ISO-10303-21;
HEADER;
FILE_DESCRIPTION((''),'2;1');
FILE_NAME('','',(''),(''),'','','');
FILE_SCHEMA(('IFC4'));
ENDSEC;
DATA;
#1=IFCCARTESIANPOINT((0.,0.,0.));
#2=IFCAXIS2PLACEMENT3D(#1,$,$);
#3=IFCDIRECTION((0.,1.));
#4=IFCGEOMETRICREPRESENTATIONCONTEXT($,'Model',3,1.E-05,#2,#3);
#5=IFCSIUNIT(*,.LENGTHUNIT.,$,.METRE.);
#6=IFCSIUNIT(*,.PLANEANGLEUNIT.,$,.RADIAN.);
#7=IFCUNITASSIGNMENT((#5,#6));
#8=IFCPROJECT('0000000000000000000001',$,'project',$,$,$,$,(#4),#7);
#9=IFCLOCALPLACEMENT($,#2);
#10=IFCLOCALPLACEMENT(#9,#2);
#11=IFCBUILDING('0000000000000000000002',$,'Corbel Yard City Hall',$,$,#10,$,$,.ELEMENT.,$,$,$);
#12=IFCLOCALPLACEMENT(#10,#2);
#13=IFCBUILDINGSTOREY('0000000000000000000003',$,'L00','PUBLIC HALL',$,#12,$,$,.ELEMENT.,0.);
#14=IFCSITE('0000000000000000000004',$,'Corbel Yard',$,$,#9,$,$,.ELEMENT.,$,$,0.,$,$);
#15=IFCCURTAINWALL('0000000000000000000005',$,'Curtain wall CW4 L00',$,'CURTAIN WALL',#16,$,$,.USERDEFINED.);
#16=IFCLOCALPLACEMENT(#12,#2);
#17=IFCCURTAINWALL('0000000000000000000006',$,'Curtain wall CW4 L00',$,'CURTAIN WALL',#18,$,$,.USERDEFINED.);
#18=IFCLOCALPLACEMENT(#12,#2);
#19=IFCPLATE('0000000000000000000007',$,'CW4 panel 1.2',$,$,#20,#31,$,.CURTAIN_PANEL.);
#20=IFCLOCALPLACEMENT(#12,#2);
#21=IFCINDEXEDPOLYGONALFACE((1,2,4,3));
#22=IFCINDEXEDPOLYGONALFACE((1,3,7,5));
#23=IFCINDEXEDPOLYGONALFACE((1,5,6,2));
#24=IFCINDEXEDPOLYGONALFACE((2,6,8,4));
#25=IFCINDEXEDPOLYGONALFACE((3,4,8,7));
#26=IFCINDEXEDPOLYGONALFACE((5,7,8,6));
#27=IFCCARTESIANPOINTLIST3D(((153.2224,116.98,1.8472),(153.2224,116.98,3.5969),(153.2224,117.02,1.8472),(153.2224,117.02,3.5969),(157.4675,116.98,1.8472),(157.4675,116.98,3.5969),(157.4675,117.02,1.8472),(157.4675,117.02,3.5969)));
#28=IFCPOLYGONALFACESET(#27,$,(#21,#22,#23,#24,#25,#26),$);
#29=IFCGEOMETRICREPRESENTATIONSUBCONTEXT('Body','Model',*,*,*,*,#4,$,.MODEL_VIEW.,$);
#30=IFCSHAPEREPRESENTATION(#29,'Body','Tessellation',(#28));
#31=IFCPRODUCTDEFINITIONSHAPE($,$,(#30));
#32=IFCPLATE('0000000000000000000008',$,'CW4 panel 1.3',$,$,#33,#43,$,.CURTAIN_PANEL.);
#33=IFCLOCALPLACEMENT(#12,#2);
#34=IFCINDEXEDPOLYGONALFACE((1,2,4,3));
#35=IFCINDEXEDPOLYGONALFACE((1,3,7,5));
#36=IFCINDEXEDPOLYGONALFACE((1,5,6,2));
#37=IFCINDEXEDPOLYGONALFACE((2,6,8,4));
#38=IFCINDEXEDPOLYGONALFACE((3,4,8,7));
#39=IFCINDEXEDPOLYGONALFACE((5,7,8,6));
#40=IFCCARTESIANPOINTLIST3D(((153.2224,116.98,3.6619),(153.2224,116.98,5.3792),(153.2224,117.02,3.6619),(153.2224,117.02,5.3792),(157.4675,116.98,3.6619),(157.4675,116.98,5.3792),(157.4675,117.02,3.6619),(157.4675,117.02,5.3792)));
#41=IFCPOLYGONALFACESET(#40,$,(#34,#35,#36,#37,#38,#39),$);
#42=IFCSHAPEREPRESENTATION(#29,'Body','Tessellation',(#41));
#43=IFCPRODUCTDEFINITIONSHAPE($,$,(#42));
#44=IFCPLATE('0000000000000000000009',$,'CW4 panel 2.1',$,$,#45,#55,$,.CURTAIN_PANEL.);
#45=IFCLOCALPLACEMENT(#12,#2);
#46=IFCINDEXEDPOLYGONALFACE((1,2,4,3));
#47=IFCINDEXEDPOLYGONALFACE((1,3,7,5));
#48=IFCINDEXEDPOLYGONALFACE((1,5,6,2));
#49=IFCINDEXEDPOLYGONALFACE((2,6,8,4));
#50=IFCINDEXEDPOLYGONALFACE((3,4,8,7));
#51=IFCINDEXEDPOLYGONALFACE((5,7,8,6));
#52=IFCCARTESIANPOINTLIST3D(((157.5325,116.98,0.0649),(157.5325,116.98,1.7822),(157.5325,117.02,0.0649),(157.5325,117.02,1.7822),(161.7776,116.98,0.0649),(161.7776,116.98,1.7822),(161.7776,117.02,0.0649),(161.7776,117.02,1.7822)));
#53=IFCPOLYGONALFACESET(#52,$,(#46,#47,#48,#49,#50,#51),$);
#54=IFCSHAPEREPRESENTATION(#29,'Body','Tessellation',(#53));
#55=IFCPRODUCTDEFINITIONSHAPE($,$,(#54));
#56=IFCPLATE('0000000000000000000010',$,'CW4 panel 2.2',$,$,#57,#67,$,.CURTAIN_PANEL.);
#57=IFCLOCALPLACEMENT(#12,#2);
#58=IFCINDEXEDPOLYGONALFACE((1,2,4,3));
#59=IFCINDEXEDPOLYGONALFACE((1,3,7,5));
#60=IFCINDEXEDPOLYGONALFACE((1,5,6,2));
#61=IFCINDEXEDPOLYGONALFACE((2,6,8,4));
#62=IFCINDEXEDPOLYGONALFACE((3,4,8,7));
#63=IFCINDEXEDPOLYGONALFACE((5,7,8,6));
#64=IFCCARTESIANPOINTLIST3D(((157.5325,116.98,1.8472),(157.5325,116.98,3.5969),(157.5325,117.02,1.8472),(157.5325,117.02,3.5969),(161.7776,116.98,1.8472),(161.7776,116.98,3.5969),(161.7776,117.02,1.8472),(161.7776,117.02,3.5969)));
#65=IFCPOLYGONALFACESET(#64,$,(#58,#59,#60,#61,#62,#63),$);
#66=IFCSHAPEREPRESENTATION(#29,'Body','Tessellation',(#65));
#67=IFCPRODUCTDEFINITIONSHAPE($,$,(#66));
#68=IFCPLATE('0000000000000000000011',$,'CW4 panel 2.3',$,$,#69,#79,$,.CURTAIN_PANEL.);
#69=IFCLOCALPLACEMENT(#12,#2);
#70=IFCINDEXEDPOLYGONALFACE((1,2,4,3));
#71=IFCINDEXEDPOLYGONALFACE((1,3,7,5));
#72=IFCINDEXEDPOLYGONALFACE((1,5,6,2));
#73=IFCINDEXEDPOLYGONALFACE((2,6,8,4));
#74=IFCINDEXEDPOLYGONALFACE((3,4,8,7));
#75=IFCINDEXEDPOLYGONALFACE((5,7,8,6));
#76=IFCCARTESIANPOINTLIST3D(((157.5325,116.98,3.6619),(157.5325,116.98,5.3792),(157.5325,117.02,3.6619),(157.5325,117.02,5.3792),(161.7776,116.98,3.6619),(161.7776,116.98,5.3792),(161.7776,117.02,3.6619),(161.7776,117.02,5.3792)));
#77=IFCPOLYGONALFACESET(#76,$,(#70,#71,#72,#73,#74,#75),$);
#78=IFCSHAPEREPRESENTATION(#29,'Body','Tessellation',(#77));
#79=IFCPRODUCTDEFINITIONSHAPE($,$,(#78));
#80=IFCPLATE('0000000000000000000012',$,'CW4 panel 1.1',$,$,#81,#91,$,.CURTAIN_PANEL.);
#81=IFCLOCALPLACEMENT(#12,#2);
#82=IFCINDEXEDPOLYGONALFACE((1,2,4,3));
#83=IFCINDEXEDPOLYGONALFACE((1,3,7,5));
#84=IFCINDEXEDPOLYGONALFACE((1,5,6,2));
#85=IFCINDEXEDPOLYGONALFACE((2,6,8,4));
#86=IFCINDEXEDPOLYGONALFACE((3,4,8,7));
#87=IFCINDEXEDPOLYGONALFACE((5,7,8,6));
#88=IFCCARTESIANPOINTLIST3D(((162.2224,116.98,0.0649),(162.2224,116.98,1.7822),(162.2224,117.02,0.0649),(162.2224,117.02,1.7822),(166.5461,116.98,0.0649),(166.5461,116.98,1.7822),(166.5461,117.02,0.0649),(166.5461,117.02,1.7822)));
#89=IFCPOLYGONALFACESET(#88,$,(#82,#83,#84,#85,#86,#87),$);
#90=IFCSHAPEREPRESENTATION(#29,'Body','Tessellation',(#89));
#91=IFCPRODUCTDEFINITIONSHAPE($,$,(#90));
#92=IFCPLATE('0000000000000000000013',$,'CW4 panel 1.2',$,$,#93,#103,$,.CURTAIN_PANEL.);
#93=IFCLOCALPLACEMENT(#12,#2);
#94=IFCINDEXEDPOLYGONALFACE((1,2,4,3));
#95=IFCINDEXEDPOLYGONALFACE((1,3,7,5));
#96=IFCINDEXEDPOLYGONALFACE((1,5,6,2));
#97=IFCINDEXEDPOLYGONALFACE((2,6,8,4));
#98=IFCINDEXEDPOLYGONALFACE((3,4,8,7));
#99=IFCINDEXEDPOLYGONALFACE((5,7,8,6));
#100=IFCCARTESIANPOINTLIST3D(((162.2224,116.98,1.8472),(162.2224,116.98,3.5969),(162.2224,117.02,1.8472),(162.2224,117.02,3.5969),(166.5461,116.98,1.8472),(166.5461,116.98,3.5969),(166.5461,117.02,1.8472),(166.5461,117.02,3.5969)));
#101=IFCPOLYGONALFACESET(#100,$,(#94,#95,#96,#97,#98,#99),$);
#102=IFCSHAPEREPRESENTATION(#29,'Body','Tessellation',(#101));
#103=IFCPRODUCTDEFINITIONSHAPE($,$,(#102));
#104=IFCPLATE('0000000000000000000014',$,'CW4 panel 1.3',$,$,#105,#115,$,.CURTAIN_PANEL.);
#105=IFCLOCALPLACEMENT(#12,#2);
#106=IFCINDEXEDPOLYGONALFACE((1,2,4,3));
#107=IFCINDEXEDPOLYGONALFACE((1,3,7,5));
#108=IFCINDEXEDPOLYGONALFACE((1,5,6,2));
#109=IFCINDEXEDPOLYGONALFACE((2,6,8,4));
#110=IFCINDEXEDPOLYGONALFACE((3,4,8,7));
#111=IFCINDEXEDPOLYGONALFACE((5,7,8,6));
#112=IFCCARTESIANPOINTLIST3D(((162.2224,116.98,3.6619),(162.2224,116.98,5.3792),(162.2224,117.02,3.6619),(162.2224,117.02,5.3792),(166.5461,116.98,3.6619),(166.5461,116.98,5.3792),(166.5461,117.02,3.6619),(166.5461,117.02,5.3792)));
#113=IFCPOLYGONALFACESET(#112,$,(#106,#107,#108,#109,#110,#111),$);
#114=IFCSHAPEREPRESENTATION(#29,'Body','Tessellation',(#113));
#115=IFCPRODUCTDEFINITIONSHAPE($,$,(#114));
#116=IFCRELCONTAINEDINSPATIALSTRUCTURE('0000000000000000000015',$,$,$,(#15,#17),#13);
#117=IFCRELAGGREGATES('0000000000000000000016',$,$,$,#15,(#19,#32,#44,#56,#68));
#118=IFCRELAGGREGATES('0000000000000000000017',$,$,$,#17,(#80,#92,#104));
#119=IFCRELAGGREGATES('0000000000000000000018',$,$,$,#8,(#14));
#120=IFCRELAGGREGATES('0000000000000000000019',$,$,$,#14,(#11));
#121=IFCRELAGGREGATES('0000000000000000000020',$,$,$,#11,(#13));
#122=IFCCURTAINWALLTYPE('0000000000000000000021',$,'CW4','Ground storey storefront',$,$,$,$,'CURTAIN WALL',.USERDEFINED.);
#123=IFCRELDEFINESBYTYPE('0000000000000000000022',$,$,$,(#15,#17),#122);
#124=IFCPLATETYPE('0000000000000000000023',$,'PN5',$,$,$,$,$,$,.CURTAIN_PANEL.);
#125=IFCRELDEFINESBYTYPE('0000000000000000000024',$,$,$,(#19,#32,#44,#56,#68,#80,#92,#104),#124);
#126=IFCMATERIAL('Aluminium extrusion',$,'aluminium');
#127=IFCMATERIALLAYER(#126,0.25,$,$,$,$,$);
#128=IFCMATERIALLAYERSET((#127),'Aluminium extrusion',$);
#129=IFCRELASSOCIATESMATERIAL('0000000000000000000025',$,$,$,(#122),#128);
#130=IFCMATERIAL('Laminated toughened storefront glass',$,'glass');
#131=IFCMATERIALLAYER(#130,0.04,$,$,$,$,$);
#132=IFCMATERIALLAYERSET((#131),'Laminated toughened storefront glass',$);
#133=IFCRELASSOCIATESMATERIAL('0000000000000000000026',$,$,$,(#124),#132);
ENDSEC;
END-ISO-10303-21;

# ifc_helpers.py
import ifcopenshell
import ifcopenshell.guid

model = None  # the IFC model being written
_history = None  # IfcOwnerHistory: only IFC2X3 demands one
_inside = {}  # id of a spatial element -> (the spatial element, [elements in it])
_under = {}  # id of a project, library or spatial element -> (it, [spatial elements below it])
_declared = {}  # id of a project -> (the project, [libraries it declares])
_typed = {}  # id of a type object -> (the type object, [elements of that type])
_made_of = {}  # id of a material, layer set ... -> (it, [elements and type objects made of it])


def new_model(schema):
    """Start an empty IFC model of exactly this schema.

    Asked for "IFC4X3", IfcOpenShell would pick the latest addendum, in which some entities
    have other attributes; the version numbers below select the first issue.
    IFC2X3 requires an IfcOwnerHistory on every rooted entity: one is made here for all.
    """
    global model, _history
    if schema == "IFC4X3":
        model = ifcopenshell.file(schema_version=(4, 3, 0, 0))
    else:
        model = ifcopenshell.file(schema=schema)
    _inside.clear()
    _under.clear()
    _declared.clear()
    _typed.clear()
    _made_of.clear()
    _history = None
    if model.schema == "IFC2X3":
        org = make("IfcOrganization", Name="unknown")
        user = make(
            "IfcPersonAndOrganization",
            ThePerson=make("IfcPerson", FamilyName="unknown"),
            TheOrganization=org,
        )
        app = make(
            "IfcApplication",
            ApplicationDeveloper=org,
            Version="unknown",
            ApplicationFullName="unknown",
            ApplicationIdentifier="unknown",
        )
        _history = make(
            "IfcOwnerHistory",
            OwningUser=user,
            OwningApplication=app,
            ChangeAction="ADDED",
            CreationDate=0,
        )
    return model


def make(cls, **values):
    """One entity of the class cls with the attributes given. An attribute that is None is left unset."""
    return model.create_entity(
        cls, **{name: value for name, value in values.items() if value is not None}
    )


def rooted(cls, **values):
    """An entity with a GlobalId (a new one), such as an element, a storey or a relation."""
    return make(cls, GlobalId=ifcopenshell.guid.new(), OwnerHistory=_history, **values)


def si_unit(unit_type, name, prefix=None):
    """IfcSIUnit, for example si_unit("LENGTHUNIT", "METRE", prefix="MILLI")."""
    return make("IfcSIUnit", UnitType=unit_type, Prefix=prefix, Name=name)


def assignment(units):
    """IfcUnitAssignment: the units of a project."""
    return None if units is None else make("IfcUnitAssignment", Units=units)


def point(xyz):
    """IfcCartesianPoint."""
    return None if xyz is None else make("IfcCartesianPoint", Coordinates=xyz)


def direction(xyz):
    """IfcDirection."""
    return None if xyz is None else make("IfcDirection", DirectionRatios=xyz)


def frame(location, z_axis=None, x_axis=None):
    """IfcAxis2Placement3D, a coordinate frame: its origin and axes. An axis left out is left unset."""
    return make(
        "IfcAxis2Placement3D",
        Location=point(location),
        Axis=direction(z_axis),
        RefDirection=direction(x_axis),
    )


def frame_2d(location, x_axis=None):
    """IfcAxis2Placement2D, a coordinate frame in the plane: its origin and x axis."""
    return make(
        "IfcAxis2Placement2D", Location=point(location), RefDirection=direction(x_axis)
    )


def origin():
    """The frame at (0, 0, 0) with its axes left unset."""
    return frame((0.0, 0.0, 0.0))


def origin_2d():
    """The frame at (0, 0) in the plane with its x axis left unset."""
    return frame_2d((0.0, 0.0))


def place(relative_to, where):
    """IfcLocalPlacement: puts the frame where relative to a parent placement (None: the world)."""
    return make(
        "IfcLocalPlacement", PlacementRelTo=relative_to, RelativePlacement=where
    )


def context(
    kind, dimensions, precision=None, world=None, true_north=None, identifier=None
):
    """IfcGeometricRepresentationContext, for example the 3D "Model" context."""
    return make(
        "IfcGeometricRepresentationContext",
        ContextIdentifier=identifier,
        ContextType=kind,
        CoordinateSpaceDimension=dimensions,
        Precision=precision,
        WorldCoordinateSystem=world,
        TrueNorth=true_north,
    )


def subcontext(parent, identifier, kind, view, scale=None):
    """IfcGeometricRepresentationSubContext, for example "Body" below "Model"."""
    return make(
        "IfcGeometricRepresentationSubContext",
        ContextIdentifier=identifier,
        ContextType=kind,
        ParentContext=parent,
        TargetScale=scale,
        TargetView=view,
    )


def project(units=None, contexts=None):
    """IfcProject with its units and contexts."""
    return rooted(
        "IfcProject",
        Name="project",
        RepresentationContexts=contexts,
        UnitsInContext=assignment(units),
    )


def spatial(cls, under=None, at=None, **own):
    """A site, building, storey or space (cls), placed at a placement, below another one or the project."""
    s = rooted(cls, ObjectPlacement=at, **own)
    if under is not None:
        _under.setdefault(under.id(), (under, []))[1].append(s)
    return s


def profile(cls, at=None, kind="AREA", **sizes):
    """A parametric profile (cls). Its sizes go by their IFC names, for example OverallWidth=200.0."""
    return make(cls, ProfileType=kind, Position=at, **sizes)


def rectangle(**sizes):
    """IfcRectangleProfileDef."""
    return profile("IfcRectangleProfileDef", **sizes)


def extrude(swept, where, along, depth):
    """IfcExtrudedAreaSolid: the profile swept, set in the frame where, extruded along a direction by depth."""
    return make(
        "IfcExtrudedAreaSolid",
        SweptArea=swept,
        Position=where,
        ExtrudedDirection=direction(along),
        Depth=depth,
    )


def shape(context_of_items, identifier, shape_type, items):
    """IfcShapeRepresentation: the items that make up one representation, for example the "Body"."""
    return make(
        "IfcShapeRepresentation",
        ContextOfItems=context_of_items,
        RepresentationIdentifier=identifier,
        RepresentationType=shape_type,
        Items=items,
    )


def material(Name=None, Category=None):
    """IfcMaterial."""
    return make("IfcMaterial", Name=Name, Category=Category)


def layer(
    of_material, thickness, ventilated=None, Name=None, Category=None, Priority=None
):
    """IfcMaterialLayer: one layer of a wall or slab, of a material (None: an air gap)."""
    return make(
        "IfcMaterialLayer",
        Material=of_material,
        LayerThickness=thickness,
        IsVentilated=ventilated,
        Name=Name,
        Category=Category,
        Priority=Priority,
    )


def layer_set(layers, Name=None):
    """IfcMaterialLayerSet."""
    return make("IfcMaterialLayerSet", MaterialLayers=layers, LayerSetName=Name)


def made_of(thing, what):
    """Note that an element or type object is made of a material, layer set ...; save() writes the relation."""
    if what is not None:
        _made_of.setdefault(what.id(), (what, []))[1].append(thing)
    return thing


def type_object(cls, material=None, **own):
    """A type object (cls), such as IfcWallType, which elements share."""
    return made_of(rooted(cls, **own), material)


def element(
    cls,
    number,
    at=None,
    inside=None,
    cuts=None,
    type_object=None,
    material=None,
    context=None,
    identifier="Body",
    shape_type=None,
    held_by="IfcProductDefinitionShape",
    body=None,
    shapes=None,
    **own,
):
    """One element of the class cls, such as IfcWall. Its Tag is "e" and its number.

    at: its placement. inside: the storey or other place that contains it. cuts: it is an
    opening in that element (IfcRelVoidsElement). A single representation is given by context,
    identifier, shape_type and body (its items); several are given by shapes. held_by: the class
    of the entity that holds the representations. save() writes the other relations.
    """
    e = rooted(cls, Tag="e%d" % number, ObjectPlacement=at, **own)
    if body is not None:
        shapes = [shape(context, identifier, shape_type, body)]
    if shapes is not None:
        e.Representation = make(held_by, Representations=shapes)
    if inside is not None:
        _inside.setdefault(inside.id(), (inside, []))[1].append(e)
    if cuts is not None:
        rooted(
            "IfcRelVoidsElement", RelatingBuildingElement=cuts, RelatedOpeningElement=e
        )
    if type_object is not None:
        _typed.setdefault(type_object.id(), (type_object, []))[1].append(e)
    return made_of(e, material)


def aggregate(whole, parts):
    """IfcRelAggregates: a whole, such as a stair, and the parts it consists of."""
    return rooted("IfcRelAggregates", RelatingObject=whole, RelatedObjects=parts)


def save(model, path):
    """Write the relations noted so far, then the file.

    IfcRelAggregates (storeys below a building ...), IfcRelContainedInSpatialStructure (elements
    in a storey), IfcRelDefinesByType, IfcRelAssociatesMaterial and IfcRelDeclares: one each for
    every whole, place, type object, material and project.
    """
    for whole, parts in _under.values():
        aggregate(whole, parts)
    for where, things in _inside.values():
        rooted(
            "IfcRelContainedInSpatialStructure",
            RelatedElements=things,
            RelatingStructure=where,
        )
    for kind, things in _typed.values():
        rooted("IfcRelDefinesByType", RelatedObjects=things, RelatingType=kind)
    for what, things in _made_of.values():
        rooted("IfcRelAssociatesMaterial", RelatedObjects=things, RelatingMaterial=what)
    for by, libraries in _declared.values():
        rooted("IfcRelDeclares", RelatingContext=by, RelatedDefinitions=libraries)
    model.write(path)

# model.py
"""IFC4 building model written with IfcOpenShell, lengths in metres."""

from ifc_helpers import new_model, si_unit, direction, frame, origin, origin_2d, place, context, subcontext, project, spatial, rectangle, extrude, material, layer, layer_set, type_object, element, aggregate, save


model = new_model("IFC4")

# Units and contexts
model_context = context("Model", 3, precision=1e-05, world=origin(), true_north=direction((0.0, 1.0)))
body_context = subcontext(model_context, "Body", "Model", "MODEL_VIEW")
ifc_project = project(units=[si_unit("LENGTHUNIT", "METRE"), si_unit("PLANEANGLEUNIT", "RADIAN")], contexts=[model_context])

# Site, building, storey
site_placement = place(None, origin())
site = spatial("IfcSite", under=ifc_project, at=site_placement, Name="Corbel Yard", CompositionType="ELEMENT", RefElevation=0.0)
building_placement = place(site_placement, origin())
building = spatial("IfcBuilding", under=site, at=building_placement, Name="Corbel Yard City Hall", CompositionType="ELEMENT")
storey_placement = place(building_placement, origin())
storey = spatial("IfcBuildingStorey", under=building, at=storey_placement, Name="L00", Description="PUBLIC HALL", CompositionType="ELEMENT", Elevation=0.0)

# Curtain wall
ifc_material_1 = material(Name="Aluminium extrusion", Category="aluminium")
ifc_layer_1 = layer(ifc_material_1, 0.25)
ifc_layer_set_1 = layer_set([ifc_layer_1], Name="Aluminium extrusion")
curtain_wall_type = type_object("IfcCurtainWallType", Name="CW4", Description="Ground storey storefront", ElementType="CURTAIN WALL", PredefinedType="USERDEFINED", material=ifc_layer_set_1)
curtain_wall_1_placement = place(storey_placement, origin())
curtain_wall_1 = element("IfcCurtainWall", 1, at=curtain_wall_1_placement, inside=storey, type_object=curtain_wall_type, Name="Curtain wall CW4 L00", ObjectType="CURTAIN WALL", PredefinedType="USERDEFINED")

# Curtain wall
curtain_wall_2_placement = place(storey_placement, origin())
curtain_wall_2 = element("IfcCurtainWall", 2, at=curtain_wall_2_placement, inside=storey, type_object=curtain_wall_type, Name="Curtain wall CW4 L00", ObjectType="CURTAIN WALL", PredefinedType="USERDEFINED")

# Plates
ifc_material_2 = material(Name="Laminated toughened storefront glass", Category="glass")
ifc_layer_2 = layer(ifc_material_2, 0.04)
ifc_layer_set_2 = layer_set([ifc_layer_2], Name="Laminated toughened storefront glass")
plate_type = type_object("IfcPlateType", Name="PN5", PredefinedType="CURTAIN_PANEL", material=ifc_layer_set_2)
plate_1_placement = place(storey_placement, frame((155.345, 117.0, 1.8472), z_axis=(0.0, 0.0, 1.0), x_axis=(1.0, 0.0, 0.0)))
plate_1 = element("IfcPlate", 3, at=plate_1_placement, type_object=plate_type, Name="CW4 panel 1.2", PredefinedType="CURTAIN_PANEL", context=body_context, shape_type="SweptSolid", body=[
    extrude(rectangle(XDim=4.2451, YDim=0.04, at=origin_2d()), origin(), (0.0, 0.0, 1.0), 1.7498),
])
plate_2_placement = place(storey_placement, frame((155.345, 117.0, 3.6619), z_axis=(0.0, 0.0, 1.0), x_axis=(1.0, 0.0, 0.0)))
plate_2 = element("IfcPlate", 4, at=plate_2_placement, type_object=plate_type, Name="CW4 panel 1.3", PredefinedType="CURTAIN_PANEL", context=body_context, shape_type="SweptSolid", body=[
    extrude(rectangle(XDim=4.2451, YDim=0.04, at=origin_2d()), origin(), (0.0, 0.0, 1.0), 1.7173),
])
plate_3_placement = place(storey_placement, frame((159.655, 117.0, 0.0649), z_axis=(0.0, 0.0, 1.0), x_axis=(1.0, 0.0, 0.0)))
plate_3 = element("IfcPlate", 5, at=plate_3_placement, type_object=plate_type, Name="CW4 panel 2.1", PredefinedType="CURTAIN_PANEL", context=body_context, shape_type="SweptSolid", body=[
    extrude(rectangle(XDim=4.2451, YDim=0.04, at=origin_2d()), origin(), (0.0, 0.0, 1.0), 1.7173),
])
plate_4_placement = place(storey_placement, frame((159.655, 117.0, 1.8472), z_axis=(0.0, 0.0, 1.0), x_axis=(1.0, 0.0, 0.0)))
plate_4 = element("IfcPlate", 6, at=plate_4_placement, type_object=plate_type, Name="CW4 panel 2.2", PredefinedType="CURTAIN_PANEL", context=body_context, shape_type="SweptSolid", body=[
    extrude(rectangle(XDim=4.2451, YDim=0.04, at=origin_2d()), origin(), (0.0, 0.0, 1.0), 1.7498),
])
plate_5_placement = place(storey_placement, frame((159.655, 117.0, 3.6619), z_axis=(0.0, 0.0, 1.0), x_axis=(1.0, 0.0, 0.0)))
plate_5 = element("IfcPlate", 7, at=plate_5_placement, type_object=plate_type, Name="CW4 panel 2.3", PredefinedType="CURTAIN_PANEL", context=body_context, shape_type="SweptSolid", body=[
    extrude(rectangle(XDim=4.2451, YDim=0.04, at=origin_2d()), origin(), (0.0, 0.0, 1.0), 1.7173),
])
aggregate(curtain_wall_1, [plate_1, plate_2, plate_3, plate_4, plate_5])
plate_6_placement = place(storey_placement, frame((164.3843, 117.0, 0.0649), z_axis=(0.0, 0.0, 1.0), x_axis=(1.0, 0.0, 0.0)))
plate_6 = element("IfcPlate", 8, at=plate_6_placement, type_object=plate_type, Name="CW4 panel 1.1", PredefinedType="CURTAIN_PANEL", context=body_context, shape_type="SweptSolid", body=[
    extrude(rectangle(XDim=4.3237, YDim=0.04, at=origin_2d()), origin(), (0.0, 0.0, 1.0), 1.7173),
])
plate_7_placement = place(storey_placement, frame((164.3843, 117.0, 1.8472), z_axis=(0.0, 0.0, 1.0), x_axis=(1.0, 0.0, 0.0)))
plate_7 = element("IfcPlate", 9, at=plate_7_placement, type_object=plate_type, Name="CW4 panel 1.2", PredefinedType="CURTAIN_PANEL", context=body_context, shape_type="SweptSolid", body=[
    extrude(rectangle(XDim=4.3237, YDim=0.04, at=origin_2d()), origin(), (0.0, 0.0, 1.0), 1.7498),
])
plate_8_placement = place(storey_placement, frame((164.3843, 117.0, 3.6619), z_axis=(0.0, 0.0, 1.0), x_axis=(1.0, 0.0, 0.0)))
plate_8 = element("IfcPlate", 10, at=plate_8_placement, type_object=plate_type, Name="CW4 panel 1.3", PredefinedType="CURTAIN_PANEL", context=body_context, shape_type="SweptSolid", body=[
    extrude(rectangle(XDim=4.3237, YDim=0.04, at=origin_2d()), origin(), (0.0, 0.0, 1.0), 1.7173),
])
aggregate(curtain_wall_2, [plate_6, plate_7, plate_8])

save(model, "model.ifc")
